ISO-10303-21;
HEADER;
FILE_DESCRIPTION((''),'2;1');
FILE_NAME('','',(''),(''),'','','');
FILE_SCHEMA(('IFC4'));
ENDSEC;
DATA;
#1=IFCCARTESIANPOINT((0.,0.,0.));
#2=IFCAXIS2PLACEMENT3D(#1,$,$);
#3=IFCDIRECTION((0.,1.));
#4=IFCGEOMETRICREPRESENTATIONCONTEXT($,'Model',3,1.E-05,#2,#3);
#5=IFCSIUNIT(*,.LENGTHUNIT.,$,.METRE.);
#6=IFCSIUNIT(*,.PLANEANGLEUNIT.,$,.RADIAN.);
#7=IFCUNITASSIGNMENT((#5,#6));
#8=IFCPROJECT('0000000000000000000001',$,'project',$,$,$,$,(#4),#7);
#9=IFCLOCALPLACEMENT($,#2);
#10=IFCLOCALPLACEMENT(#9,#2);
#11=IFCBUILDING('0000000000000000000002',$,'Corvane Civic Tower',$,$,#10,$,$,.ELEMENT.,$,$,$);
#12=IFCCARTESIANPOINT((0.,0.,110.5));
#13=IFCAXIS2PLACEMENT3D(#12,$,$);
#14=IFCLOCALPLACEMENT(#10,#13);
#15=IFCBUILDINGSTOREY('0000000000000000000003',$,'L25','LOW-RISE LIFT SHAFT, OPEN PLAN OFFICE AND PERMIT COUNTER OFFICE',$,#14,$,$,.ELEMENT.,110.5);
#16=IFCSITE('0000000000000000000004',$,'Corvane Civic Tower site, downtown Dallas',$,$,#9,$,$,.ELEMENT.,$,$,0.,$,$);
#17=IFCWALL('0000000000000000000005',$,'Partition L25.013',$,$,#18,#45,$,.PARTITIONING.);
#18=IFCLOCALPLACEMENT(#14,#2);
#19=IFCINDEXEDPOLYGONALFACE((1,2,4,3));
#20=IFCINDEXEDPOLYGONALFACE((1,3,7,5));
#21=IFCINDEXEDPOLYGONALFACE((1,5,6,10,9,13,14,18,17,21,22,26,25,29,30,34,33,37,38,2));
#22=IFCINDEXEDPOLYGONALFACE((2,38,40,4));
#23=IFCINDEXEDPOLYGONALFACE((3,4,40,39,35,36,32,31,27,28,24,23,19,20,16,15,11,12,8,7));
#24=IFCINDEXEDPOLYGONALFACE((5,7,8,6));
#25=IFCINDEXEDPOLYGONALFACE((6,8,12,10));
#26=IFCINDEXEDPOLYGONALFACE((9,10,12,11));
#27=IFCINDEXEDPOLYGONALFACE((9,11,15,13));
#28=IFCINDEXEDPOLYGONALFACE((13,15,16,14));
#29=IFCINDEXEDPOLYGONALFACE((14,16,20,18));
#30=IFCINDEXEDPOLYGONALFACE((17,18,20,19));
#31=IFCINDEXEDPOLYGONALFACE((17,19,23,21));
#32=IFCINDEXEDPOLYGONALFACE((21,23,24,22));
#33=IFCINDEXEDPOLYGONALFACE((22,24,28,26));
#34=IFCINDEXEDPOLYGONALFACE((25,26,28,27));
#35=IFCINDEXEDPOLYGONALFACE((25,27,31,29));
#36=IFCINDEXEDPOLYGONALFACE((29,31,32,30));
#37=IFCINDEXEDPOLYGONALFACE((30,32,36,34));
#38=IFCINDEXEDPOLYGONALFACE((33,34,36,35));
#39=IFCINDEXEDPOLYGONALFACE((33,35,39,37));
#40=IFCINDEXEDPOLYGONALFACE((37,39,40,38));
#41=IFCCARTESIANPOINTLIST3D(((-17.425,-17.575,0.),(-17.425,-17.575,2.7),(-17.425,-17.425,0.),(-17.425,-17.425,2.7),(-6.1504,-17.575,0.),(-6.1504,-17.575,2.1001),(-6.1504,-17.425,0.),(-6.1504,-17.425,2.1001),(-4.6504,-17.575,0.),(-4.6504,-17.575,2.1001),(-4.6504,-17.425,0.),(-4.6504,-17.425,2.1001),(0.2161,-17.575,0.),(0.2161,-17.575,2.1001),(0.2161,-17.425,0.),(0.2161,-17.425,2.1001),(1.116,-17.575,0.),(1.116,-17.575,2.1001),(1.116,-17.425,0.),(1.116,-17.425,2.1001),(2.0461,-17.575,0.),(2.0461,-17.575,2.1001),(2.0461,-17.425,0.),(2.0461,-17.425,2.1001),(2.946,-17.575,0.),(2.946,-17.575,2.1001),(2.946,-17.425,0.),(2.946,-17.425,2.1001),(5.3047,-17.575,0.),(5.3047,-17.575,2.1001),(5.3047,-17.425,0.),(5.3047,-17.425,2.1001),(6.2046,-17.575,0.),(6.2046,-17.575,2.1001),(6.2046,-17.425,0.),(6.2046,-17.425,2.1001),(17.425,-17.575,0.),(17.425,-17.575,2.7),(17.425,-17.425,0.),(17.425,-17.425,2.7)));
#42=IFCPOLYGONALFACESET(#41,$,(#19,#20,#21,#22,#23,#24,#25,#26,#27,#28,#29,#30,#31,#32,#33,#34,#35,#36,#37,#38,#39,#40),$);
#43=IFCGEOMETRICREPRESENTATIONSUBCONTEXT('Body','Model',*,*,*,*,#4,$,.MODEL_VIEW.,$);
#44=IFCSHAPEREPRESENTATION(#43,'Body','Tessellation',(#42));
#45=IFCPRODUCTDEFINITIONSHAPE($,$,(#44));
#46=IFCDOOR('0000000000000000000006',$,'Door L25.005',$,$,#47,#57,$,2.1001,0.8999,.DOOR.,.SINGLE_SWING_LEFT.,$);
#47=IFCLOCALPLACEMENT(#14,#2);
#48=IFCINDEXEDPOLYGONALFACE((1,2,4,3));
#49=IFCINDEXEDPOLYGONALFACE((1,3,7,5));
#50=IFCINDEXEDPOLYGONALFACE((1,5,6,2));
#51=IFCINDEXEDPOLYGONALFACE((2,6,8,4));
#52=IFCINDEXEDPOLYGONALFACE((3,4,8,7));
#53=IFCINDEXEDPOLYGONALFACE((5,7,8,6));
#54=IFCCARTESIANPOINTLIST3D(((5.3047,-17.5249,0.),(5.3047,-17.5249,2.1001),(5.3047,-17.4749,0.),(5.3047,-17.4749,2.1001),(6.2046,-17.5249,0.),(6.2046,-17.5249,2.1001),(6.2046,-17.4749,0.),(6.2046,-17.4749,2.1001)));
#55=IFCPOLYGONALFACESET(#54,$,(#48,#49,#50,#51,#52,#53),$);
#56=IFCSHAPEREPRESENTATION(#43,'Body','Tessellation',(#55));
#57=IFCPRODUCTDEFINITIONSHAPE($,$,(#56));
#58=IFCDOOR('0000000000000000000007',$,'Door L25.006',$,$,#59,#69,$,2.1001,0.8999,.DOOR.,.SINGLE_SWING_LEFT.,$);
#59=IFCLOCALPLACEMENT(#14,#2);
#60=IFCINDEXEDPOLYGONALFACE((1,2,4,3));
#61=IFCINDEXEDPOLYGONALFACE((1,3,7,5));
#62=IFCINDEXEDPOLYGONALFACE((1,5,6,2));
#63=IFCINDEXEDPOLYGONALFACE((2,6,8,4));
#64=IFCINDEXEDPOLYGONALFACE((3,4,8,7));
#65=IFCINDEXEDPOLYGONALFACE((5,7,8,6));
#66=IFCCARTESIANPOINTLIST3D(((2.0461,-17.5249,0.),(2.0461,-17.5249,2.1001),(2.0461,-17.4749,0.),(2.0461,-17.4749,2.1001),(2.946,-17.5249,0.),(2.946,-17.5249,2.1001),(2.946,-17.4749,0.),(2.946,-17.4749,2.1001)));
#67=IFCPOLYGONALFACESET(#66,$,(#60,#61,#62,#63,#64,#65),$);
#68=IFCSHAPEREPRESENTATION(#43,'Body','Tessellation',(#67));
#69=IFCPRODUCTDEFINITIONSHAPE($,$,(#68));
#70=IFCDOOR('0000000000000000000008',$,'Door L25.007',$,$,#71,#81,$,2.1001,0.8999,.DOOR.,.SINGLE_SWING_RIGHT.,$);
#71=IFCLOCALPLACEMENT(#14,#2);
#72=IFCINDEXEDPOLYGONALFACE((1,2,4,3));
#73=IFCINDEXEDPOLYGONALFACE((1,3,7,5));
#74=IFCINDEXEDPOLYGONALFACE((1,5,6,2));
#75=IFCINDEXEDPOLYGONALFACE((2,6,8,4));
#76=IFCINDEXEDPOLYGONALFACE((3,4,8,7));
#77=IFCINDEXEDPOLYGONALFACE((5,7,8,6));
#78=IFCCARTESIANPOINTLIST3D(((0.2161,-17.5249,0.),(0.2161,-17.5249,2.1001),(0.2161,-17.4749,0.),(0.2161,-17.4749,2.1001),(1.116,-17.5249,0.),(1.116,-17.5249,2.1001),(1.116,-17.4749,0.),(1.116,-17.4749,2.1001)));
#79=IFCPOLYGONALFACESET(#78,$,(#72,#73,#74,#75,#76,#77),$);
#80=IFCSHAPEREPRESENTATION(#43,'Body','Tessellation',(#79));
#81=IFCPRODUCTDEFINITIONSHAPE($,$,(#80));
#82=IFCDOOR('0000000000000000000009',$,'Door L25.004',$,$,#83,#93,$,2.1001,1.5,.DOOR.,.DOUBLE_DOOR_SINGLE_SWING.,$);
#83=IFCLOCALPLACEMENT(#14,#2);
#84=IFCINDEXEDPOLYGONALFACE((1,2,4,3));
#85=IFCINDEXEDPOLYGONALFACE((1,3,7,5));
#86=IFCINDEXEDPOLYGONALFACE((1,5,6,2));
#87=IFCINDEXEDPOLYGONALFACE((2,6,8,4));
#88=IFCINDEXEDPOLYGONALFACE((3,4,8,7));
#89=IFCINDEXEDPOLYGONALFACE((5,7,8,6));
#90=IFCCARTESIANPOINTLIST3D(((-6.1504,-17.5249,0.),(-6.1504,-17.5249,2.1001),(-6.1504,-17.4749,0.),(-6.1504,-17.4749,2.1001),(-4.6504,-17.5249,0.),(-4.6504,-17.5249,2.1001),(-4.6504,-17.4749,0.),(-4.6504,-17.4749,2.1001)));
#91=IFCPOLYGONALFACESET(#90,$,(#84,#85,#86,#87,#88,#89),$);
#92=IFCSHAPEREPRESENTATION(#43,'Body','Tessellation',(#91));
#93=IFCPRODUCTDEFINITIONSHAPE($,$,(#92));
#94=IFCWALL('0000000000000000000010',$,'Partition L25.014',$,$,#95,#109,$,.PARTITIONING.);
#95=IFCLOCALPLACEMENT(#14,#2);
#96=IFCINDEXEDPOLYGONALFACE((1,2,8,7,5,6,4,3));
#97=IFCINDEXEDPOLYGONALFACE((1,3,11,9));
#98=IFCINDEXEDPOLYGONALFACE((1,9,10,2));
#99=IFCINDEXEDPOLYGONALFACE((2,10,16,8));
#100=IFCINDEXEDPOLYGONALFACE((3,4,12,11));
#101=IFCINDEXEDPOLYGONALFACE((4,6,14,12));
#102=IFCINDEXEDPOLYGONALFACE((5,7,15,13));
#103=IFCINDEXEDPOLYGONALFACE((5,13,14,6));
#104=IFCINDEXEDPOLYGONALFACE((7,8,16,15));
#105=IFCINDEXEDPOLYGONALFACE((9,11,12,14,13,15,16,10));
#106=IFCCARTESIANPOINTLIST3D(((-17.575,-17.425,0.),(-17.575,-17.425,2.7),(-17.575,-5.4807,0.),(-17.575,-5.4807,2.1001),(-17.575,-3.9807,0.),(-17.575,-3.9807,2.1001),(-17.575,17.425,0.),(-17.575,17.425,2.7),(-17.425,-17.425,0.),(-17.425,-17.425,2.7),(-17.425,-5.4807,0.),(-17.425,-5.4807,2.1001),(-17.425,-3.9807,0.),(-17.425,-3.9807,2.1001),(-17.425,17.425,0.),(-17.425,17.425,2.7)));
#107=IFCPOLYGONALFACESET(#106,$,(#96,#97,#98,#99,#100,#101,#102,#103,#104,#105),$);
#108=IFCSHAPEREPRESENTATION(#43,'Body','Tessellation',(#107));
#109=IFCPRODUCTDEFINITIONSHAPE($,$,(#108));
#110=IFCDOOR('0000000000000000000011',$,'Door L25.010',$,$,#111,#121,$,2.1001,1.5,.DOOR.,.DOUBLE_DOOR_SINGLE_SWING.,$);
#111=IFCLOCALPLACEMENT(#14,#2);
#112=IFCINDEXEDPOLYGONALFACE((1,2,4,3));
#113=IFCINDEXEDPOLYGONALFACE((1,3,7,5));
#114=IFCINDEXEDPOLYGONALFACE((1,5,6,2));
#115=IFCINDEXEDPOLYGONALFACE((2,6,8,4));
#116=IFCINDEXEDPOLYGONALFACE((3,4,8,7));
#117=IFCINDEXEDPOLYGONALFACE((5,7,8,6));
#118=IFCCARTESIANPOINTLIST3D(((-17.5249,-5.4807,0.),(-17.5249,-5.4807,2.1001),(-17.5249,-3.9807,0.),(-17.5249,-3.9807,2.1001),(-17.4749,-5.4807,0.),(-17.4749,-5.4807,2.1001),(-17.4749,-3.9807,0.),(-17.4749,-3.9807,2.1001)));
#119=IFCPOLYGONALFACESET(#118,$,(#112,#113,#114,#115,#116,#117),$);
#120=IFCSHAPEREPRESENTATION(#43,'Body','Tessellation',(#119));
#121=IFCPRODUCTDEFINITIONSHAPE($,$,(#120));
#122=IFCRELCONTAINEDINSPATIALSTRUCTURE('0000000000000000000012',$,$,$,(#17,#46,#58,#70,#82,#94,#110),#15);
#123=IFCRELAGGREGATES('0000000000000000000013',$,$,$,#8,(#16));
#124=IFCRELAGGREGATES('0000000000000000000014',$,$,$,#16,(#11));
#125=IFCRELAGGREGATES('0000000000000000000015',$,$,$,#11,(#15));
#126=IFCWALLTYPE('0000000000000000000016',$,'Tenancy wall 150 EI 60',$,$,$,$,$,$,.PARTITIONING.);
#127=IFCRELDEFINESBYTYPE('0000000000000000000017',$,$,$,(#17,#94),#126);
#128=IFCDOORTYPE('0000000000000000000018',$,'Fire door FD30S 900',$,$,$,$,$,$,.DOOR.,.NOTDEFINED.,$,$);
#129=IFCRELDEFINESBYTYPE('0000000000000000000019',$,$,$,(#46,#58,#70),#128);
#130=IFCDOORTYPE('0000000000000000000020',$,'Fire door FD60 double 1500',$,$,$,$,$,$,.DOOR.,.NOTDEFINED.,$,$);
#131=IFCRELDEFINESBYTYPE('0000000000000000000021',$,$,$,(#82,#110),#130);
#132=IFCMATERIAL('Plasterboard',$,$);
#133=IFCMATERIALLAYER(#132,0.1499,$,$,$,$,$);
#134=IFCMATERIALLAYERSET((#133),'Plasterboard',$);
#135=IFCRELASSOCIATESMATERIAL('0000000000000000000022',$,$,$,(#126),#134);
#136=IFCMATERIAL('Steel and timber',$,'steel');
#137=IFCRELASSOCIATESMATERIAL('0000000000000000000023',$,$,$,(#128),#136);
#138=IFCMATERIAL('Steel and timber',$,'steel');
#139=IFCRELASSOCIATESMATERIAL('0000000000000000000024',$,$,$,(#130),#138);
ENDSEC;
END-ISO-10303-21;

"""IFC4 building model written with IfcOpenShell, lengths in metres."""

from ifc_helpers import new_model, si_unit, direction, frame, frame_2d, origin, place, context, subcontext, project, spatial, rectangle, extrude, material, layer, layer_set, type_object, element, fill, save


model = new_model("IFC4")

# Units and contexts
model_context = context("Model", 3, precision=1e-05, world=origin(), true_north=direction((0.0, 1.0)))
body_context = subcontext(model_context, "Body", "Model", "MODEL_VIEW")
ifc_project = project(units=[si_unit("LENGTHUNIT", "METRE"), si_unit("PLANEANGLEUNIT", "RADIAN")], contexts=[model_context])

# Site, building, storey
site_placement = place(None, origin())
site = spatial("IfcSite", under=ifc_project, at=site_placement, Name="Corvane Civic Tower site, downtown Dallas", CompositionType="ELEMENT", RefElevation=0.0)
building_placement = place(site_placement, origin())
building = spatial("IfcBuilding", under=site, at=building_placement, Name="Corvane Civic Tower", CompositionType="ELEMENT")
storey_placement = place(building_placement, frame((0.0, 0.0, 110.5)))
storey = spatial("IfcBuildingStorey", under=building, at=storey_placement, Name="L25", Description="LOW-RISE LIFT SHAFT, OPEN PLAN OFFICE AND PERMIT COUNTER OFFICE", CompositionType="ELEMENT", Elevation=110.5)

# Wall, openings, doors
ifc_material_1 = material(Name="Plasterboard")
ifc_layer_1 = layer(ifc_material_1, 0.1499)
ifc_layer_set_1 = layer_set([ifc_layer_1], Name="Plasterboard")
wall_type_1 = type_object("IfcWallType", Name="Tenancy wall 150 EI 60", PredefinedType="PARTITIONING", material=ifc_layer_set_1)
wall_1_placement = place(storey_placement, frame((-17.425, -17.5, 0.0), z_axis=(0.0, 0.0, 1.0), x_axis=(1.0, 0.0, 0.0)))
wall_1 = element("IfcWall", 1, at=wall_1_placement, inside=storey, type_object=wall_type_1, Name="Partition L25.013", PredefinedType="PARTITIONING", context=body_context, shape_type="SweptSolid", body=[
    extrude(rectangle(XDim=34.8501, YDim=0.1499, at=frame_2d((17.425, 0.0))), origin(), (0.0, 0.0, 1.0), 2.7),
])
opening_1_placement = place(wall_1_placement, frame((11.2747, 0.0, 0.0)))
opening_1 = element("IfcOpeningElement", 2, at=opening_1_placement, cuts=wall_1, PredefinedType="OPENING", context=body_context, shape_type="SweptSolid", body=[
    extrude(rectangle(XDim=1.5, YDim=2.1001, at=frame_2d((0.75, 1.05))), frame((0.0, 0.085, 0.0), z_axis=(0.0, -1.0, 0.0), x_axis=(1.0, 0.0, 0.0)), (0.0, 0.0, 1.0), 0.1699),
])
opening_2_placement = place(wall_1_placement, frame((22.7297, 0.0, 0.0)))
opening_2 = element("IfcOpeningElement", 3, at=opening_2_placement, cuts=wall_1, PredefinedType="OPENING", context=body_context, shape_type="SweptSolid", body=[
    extrude(rectangle(XDim=0.8999, YDim=2.1001, at=frame_2d((0.45, 1.05))), frame((0.0, 0.085, 0.0), z_axis=(0.0, -1.0, 0.0), x_axis=(1.0, 0.0, 0.0)), (0.0, 0.0, 1.0), 0.1699),
])
opening_3_placement = place(wall_1_placement, frame((19.4712, 0.0, 0.0)))
opening_3 = element("IfcOpeningElement", 4, at=opening_3_placement, cuts=wall_1, PredefinedType="OPENING", context=body_context, shape_type="SweptSolid", body=[
    extrude(rectangle(XDim=0.8999, YDim=2.1001, at=frame_2d((0.45, 1.05))), frame((0.0, 0.085, 0.0), z_axis=(0.0, -1.0, 0.0), x_axis=(1.0, 0.0, 0.0)), (0.0, 0.0, 1.0), 0.1699),
])
opening_4_placement = place(wall_1_placement, frame((17.6411, 0.0, 0.0)))
opening_4 = element("IfcOpeningElement", 5, at=opening_4_placement, cuts=wall_1, PredefinedType="OPENING", context=body_context, shape_type="SweptSolid", body=[
    extrude(rectangle(XDim=0.8999, YDim=2.1001, at=frame_2d((0.45, 1.05))), frame((0.0, 0.085, 0.0), z_axis=(0.0, -1.0, 0.0), x_axis=(1.0, 0.0, 0.0)), (0.0, 0.0, 1.0), 0.1699),
])
ifc_material_2 = material(Name="Steel and timber", Category="steel")
door_type_1 = type_object("IfcDoorType", Name="Fire door FD30S 900", OperationType="NOTDEFINED", PredefinedType="DOOR", material=ifc_material_2)
door_1_placement = place(opening_2_placement, frame((0.8999, 0.0, 0.0), z_axis=(0.0, 0.0, 1.0), x_axis=(-1.0, 0.0, 0.0)))
door_1 = element("IfcDoor", 6, at=door_1_placement, inside=storey, type_object=door_type_1, Name="Door L25.005", OperationType="SINGLE_SWING_LEFT", OverallHeight=2.1001, OverallWidth=0.8999, PredefinedType="DOOR", context=body_context, shape_type="SweptSolid", body=[
    extrude(rectangle(XDim=0.8999, YDim=2.1001, at=frame_2d((0.45, 1.05))), frame((0.0, 0.0249, 0.0), z_axis=(0.0, -1.0, 0.0), x_axis=(1.0, 0.0, 0.0)), (0.0, 0.0, 1.0), 0.05),
])
fill(opening_2, door_1)
door_2_placement = place(opening_3_placement, frame((0.8999, 0.0, 0.0), z_axis=(0.0, 0.0, 1.0), x_axis=(-1.0, 0.0, 0.0)))
door_2 = element("IfcDoor", 7, at=door_2_placement, inside=storey, type_object=door_type_1, Name="Door L25.006", OperationType="SINGLE_SWING_LEFT", OverallHeight=2.1001, OverallWidth=0.8999, PredefinedType="DOOR", context=body_context, shape_type="SweptSolid", body=[
    extrude(rectangle(XDim=0.8999, YDim=2.1001, at=frame_2d((0.45, 1.05))), frame((0.0, 0.0249, 0.0), z_axis=(0.0, -1.0, 0.0), x_axis=(1.0, 0.0, 0.0)), (0.0, 0.0, 1.0), 0.05),
])
fill(opening_3, door_2)
door_3_placement = place(opening_4_placement, frame((0.8999, 0.0, 0.0), z_axis=(0.0, 0.0, 1.0), x_axis=(-1.0, 0.0, 0.0)))
door_3 = element("IfcDoor", 8, at=door_3_placement, inside=storey, type_object=door_type_1, Name="Door L25.007", OperationType="SINGLE_SWING_RIGHT", OverallHeight=2.1001, OverallWidth=0.8999, PredefinedType="DOOR", context=body_context, shape_type="SweptSolid", body=[
    extrude(rectangle(XDim=0.8999, YDim=2.1001, at=frame_2d((0.45, 1.05))), frame((0.0, 0.0249, 0.0), z_axis=(0.0, -1.0, 0.0), x_axis=(1.0, 0.0, 0.0)), (0.0, 0.0, 1.0), 0.05),
])
fill(opening_4, door_3)
ifc_material_3 = material(Name="Steel and timber", Category="steel")
door_type_2 = type_object("IfcDoorType", Name="Fire door FD60 double 1500", OperationType="NOTDEFINED", PredefinedType="DOOR", material=ifc_material_3)
door_4_placement = place(opening_1_placement, frame((1.5, 0.0, 0.0), z_axis=(0.0, 0.0, 1.0), x_axis=(-1.0, 0.0, 0.0)))
door_4 = element("IfcDoor", 9, at=door_4_placement, inside=storey, type_object=door_type_2, Name="Door L25.004", OperationType="DOUBLE_DOOR_SINGLE_SWING", OverallHeight=2.1001, OverallWidth=1.5, PredefinedType="DOOR", context=body_context, shape_type="SweptSolid", body=[
    extrude(rectangle(XDim=1.5, YDim=2.1001, at=frame_2d((0.75, 1.05))), frame((0.0, 0.0249, 0.0), z_axis=(0.0, -1.0, 0.0), x_axis=(1.0, 0.0, 0.0)), (0.0, 0.0, 1.0), 0.05),
])
fill(opening_1, door_4)

# Wall, opening, door
wall_2_placement = place(storey_placement, frame((-17.5, -17.425, 0.0), z_axis=(0.0, 0.0, 1.0), x_axis=(0.0, 1.0, 0.0)))
wall_2 = element("IfcWall", 10, at=wall_2_placement, inside=storey, type_object=wall_type_1, Name="Partition L25.014", PredefinedType="PARTITIONING", context=body_context, shape_type="SweptSolid", body=[
    extrude(rectangle(XDim=34.8501, YDim=0.1499, at=frame_2d((17.425, 0.0))), origin(), (0.0, 0.0, 1.0), 2.7),
])
opening_5_placement = place(wall_2_placement, frame((11.9443, 0.0, 0.0)))
opening_5 = element("IfcOpeningElement", 11, at=opening_5_placement, cuts=wall_2, PredefinedType="OPENING", context=body_context, shape_type="SweptSolid", body=[
    extrude(rectangle(XDim=1.5, YDim=2.1001, at=frame_2d((0.75, 1.05))), frame((0.0, 0.085, 0.0), z_axis=(0.0, -1.0, 0.0), x_axis=(1.0, 0.0, 0.0)), (0.0, 0.0, 1.0), 0.1699),
])
door_5_placement = place(opening_5_placement, origin())
door_5 = element("IfcDoor", 12, at=door_5_placement, inside=storey, type_object=door_type_2, Name="Door L25.010", OperationType="DOUBLE_DOOR_SINGLE_SWING", OverallHeight=2.1001, OverallWidth=1.5, PredefinedType="DOOR", context=body_context, shape_type="SweptSolid", body=[
    extrude(rectangle(XDim=1.5, YDim=2.1001, at=frame_2d((0.75, 1.05))), frame((0.0, 0.0249, 0.0), z_axis=(0.0, -1.0, 0.0), x_axis=(1.0, 0.0, 0.0)), (0.0, 0.0, 1.0), 0.05),
])
fill(opening_5, door_5)

save(model, "model.ifc")
